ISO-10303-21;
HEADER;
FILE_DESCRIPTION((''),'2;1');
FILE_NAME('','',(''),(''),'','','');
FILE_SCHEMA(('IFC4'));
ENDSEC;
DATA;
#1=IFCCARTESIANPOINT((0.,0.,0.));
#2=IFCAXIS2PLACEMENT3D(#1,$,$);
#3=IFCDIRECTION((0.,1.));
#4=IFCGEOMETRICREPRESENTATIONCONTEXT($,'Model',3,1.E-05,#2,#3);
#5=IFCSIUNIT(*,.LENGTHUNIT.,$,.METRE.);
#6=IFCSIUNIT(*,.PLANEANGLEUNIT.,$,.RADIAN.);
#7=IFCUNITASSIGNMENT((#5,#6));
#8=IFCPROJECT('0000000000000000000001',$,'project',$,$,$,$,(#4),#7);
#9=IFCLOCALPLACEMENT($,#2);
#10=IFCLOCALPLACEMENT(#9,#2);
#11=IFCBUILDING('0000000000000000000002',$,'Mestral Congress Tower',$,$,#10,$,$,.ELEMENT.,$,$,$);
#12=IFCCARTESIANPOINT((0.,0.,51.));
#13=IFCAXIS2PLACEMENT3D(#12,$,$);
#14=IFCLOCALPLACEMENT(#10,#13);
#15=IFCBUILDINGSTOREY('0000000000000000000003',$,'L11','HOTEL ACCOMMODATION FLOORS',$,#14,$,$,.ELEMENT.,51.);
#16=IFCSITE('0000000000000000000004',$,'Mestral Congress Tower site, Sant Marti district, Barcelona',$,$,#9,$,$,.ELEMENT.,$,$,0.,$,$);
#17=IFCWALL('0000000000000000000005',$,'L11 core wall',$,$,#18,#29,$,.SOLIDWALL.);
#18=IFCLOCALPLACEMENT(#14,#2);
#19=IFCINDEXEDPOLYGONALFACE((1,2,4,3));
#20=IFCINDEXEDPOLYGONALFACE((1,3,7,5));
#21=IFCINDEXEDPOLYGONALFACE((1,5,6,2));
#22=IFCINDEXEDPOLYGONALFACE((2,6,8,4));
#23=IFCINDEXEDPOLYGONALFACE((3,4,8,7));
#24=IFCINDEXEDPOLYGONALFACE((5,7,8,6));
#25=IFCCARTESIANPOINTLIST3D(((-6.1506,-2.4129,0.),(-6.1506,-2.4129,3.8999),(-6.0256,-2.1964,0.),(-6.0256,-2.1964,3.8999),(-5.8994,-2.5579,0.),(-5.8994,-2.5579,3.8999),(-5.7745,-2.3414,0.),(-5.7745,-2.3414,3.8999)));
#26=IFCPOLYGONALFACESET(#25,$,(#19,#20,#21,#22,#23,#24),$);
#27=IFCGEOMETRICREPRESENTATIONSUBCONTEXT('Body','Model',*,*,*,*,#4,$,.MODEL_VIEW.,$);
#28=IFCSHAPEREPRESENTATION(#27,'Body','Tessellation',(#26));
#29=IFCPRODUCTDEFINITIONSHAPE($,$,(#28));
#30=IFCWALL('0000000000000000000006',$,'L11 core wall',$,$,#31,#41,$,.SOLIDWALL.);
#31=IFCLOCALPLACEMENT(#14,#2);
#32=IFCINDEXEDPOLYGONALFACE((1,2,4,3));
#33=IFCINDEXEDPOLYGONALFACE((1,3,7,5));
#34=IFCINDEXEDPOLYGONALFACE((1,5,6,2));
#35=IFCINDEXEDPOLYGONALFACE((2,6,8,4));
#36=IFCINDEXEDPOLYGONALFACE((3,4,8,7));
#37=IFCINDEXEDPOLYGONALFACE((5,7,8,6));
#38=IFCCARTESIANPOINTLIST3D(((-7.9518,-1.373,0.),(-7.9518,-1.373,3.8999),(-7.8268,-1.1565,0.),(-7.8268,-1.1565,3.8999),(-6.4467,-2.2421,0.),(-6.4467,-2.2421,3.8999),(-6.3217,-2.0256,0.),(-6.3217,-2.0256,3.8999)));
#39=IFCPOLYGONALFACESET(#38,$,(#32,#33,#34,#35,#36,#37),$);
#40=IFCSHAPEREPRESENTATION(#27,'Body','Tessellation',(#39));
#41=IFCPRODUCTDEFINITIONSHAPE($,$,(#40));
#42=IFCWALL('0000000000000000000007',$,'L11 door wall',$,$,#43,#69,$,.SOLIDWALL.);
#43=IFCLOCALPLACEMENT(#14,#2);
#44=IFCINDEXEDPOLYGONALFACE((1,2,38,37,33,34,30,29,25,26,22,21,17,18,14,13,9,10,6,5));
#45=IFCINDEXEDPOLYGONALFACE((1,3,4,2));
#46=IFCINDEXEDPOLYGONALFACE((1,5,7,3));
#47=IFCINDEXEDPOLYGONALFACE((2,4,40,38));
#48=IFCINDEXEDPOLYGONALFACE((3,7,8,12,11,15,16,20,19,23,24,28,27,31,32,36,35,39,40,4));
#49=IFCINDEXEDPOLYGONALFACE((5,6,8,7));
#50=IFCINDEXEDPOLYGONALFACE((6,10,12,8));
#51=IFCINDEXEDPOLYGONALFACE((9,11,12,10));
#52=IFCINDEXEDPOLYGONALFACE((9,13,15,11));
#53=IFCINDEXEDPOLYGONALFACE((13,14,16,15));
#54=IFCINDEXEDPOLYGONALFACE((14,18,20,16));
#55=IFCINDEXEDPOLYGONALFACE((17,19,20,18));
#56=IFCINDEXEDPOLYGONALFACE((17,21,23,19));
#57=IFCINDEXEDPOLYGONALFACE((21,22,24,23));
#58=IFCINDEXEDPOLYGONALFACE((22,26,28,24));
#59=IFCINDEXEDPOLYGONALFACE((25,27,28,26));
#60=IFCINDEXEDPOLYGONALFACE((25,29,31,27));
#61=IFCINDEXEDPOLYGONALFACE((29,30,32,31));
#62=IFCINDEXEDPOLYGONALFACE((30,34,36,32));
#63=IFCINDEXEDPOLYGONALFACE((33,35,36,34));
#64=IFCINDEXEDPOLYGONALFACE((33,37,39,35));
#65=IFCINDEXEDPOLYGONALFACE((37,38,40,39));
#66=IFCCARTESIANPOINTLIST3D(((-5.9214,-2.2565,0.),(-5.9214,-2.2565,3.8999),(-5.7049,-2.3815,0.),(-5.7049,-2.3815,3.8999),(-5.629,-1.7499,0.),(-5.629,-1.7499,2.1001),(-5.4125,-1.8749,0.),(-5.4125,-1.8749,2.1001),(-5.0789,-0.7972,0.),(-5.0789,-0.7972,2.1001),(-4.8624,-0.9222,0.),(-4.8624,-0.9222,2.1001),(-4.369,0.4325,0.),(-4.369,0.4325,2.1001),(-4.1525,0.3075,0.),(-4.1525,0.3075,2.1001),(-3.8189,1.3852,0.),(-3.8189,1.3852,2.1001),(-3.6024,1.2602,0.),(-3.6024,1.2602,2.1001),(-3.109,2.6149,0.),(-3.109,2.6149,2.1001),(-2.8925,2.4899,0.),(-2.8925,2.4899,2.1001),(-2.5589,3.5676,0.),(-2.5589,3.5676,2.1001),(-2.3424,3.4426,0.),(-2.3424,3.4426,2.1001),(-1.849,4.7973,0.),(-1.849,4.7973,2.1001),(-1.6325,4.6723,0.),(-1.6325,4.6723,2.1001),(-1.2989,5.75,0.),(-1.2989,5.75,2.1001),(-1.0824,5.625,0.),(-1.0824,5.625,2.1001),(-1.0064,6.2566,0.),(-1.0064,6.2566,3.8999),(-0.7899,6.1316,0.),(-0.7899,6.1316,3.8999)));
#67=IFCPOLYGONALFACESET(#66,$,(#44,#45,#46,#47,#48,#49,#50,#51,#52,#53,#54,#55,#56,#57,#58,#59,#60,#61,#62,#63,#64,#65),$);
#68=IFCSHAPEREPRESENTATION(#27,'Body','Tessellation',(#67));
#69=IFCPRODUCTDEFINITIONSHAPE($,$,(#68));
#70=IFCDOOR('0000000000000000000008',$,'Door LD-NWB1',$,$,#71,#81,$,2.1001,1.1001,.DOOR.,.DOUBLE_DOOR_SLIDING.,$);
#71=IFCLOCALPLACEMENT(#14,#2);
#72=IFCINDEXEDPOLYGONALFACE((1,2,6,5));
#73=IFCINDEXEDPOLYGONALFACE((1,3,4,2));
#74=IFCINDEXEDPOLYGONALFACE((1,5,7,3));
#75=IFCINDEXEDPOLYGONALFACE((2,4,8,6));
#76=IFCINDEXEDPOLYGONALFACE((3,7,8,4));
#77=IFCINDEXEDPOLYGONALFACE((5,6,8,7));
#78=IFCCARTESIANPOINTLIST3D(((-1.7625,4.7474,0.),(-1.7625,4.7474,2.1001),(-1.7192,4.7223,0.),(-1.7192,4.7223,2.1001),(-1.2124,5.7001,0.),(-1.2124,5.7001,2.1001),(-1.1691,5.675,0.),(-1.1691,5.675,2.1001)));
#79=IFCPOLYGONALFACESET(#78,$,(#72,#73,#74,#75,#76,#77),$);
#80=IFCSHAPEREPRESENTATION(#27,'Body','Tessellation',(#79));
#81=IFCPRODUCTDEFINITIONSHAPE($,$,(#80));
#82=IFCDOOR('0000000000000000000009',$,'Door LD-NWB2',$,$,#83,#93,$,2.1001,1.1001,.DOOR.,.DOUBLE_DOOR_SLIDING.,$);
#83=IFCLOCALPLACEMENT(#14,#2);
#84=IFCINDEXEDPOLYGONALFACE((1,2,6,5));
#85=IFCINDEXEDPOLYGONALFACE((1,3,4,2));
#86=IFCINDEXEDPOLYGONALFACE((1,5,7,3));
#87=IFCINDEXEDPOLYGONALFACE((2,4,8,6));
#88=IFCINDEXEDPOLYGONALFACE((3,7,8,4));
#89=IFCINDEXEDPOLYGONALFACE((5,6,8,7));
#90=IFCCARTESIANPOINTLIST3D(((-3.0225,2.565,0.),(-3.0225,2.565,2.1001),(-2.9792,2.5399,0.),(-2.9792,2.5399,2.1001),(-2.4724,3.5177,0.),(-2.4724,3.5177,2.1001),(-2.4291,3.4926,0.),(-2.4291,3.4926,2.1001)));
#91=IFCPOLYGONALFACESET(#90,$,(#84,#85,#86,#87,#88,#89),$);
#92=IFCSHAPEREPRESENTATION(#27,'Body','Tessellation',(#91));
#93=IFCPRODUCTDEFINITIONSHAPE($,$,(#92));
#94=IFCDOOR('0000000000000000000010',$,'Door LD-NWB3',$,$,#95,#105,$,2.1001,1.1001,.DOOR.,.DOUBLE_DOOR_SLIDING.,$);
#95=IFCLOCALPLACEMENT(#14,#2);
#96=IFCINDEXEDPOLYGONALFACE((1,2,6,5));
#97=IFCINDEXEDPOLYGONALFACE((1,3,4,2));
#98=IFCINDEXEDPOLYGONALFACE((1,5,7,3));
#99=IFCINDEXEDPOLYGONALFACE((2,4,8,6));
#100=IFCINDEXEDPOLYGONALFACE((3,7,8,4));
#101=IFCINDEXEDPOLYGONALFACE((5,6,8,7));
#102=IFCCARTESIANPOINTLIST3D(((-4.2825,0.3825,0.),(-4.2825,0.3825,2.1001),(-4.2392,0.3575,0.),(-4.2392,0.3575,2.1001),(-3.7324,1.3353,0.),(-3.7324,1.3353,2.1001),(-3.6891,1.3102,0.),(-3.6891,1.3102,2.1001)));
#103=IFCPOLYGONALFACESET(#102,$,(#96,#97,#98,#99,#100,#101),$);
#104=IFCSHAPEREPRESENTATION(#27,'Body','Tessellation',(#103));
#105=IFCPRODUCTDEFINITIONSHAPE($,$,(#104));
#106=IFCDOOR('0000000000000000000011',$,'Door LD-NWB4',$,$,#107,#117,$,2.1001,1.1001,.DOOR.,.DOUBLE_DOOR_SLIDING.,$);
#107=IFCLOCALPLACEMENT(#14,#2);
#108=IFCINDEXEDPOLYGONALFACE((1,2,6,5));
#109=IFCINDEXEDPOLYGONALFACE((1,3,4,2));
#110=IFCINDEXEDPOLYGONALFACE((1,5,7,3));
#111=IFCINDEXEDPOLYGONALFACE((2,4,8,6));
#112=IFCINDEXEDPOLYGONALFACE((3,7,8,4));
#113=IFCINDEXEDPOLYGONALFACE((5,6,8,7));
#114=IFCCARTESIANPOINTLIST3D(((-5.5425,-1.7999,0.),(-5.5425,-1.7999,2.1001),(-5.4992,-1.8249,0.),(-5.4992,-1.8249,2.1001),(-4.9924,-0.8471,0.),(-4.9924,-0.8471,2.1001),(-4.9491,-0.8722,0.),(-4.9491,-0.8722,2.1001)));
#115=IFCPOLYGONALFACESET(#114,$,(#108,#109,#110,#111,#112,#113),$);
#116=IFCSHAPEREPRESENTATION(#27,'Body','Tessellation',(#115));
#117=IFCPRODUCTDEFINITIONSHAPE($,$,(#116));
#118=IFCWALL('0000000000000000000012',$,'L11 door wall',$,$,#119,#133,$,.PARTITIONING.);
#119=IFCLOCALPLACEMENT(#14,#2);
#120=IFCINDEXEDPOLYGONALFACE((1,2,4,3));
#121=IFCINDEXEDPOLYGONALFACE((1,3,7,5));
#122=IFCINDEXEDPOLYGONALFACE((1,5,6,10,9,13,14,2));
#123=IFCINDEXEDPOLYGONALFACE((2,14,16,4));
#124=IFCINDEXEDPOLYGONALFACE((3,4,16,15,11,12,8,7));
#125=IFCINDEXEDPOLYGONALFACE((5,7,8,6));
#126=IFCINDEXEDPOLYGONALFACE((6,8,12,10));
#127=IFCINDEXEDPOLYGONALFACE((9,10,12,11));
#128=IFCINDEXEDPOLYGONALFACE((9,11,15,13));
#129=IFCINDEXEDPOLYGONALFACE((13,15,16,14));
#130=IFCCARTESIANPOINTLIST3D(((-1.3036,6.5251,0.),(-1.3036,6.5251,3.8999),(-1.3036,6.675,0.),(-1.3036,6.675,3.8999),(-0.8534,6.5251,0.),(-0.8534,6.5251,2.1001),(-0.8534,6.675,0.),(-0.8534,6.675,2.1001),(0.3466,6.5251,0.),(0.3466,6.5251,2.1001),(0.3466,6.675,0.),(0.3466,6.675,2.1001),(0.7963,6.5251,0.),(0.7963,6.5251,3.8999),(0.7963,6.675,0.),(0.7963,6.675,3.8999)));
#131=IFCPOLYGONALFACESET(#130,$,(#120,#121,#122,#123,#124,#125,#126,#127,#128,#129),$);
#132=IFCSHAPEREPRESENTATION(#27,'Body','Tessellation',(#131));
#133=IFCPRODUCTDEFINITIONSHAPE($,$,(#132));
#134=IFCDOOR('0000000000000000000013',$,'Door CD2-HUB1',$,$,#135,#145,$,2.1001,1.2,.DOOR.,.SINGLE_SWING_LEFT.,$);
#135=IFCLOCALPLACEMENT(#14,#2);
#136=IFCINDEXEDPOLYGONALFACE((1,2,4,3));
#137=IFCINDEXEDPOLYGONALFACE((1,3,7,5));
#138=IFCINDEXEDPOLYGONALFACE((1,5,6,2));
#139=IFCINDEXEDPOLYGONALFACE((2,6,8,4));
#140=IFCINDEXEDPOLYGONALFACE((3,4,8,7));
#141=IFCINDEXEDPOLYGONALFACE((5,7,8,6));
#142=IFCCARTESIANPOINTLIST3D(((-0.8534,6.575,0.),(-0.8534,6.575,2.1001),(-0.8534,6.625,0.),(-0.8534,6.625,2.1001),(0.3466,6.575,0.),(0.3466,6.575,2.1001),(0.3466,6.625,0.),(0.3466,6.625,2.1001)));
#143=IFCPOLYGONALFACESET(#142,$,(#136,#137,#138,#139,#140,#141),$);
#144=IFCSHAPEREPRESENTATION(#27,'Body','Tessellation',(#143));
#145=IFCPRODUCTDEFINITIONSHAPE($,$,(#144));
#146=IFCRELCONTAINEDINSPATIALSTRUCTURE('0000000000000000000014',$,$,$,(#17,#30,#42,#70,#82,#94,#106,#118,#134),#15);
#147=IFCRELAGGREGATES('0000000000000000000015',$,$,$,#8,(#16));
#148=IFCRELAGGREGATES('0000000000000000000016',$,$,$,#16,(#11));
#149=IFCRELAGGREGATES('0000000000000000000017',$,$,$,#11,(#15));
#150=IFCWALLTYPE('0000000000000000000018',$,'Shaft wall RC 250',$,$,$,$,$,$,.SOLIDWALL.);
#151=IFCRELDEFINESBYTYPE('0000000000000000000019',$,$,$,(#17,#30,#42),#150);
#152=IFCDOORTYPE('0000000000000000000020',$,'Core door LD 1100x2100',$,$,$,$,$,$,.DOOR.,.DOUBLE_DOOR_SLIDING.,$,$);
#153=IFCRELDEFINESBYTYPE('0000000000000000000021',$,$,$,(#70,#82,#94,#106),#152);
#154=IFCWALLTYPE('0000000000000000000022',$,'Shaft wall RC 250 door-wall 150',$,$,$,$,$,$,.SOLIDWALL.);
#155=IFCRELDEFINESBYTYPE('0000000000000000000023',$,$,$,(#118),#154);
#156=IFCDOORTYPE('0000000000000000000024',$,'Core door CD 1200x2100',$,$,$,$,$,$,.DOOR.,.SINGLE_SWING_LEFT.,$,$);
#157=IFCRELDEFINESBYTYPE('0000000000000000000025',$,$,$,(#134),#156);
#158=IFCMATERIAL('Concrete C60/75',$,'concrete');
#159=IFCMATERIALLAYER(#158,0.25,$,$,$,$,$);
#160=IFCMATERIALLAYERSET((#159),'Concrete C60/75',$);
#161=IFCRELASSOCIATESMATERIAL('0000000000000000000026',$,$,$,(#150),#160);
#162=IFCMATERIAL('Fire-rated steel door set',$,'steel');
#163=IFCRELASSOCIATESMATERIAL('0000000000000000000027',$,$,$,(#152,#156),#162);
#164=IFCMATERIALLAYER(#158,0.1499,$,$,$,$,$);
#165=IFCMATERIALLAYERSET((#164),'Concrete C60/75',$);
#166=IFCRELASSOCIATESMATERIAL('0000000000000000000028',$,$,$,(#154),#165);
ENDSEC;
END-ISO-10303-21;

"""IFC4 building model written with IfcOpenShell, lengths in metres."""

from ifc_helpers import new_model, si_unit, direction, frame, frame_2d, origin, place, context, subcontext, project, spatial, rectangle, extrude, material, layer, layer_set, type_object, element, fill, save


model = new_model("IFC4")

# Units and contexts
model_context = context("Model", 3, precision=1e-05, world=origin(), true_north=direction((0.0, 1.0)))
body_context = subcontext(model_context, "Body", "Model", "MODEL_VIEW")
ifc_project = project(units=[si_unit("LENGTHUNIT", "METRE"), si_unit("PLANEANGLEUNIT", "RADIAN")], contexts=[model_context])

# Site, building, storey
site_placement = place(None, origin())
site = spatial("IfcSite", under=ifc_project, at=site_placement, Name="Mestral Congress Tower site, Sant Marti district, Barcelona", CompositionType="ELEMENT", RefElevation=0.0)
building_placement = place(site_placement, origin())
building = spatial("IfcBuilding", under=site, at=building_placement, Name="Mestral Congress Tower", CompositionType="ELEMENT")
storey_placement = place(building_placement, frame((0.0, 0.0, 51.0)))
storey = spatial("IfcBuildingStorey", under=building, at=storey_placement, Name="L11", Description="HOTEL ACCOMMODATION FLOORS", CompositionType="ELEMENT", Elevation=51.0)

# Shared definitions
ifc_material_1 = material(Name="Fire-rated steel door set", Category="steel")

# Walls
ifc_material_2 = material(Name="Concrete C60/75", Category="concrete")
ifc_layer_1 = layer(ifc_material_2, 0.25)
ifc_layer_set_1 = layer_set([ifc_layer_1], Name="Concrete C60/75")
wall_type_1 = type_object("IfcWallType", Name="Shaft wall RC 250", PredefinedType="SOLIDWALL", material=ifc_layer_set_1)
wall_1_placement = place(storey_placement, frame((-6.0881, -2.3047, 0.0), z_axis=(0.0, 0.0, 1.0), x_axis=(0.866059, -0.499941, 0.0)))
element("IfcWall", 1, at=wall_1_placement, inside=storey, type_object=wall_type_1, Name="L11 core wall", PredefinedType="SOLIDWALL", context=body_context, shape_type="SweptSolid", body=[
    extrude(rectangle(XDim=0.29, YDim=0.25, at=frame_2d((0.145, 0.0))), origin(), (0.0, 0.0, 1.0), 3.8999),
])
wall_2_placement = place(storey_placement, frame((-7.8894, -1.2646, 0.0), z_axis=(0.0, 0.0, 1.0), x_axis=(0.865987, -0.500067, 0.0)))
element("IfcWall", 2, at=wall_2_placement, inside=storey, type_object=wall_type_1, Name="L11 core wall", PredefinedType="SOLIDWALL", context=body_context, shape_type="SweptSolid", body=[
    extrude(rectangle(XDim=1.738, YDim=0.25, at=frame_2d((0.8691, 0.0))), origin(), (0.0, 0.0, 1.0), 3.8999),
])

# Wall, openings, doors
wall_3_placement = place(storey_placement, frame((-0.8982, 6.1941, 0.0), z_axis=(0.0, 0.0, 1.0), x_axis=(-0.499996, -0.866028, 0.0)))
wall_3 = element("IfcWall", 3, at=wall_3_placement, inside=storey, type_object=wall_type_1, Name="L11 door wall", PredefinedType="SOLIDWALL", context=body_context, shape_type="SweptSolid", body=[
    extrude(rectangle(XDim=9.8301, YDim=0.25, at=frame_2d((4.915, 0.0))), origin(), (0.0, 0.0, 1.0), 3.8999),
])
opening_1_placement = place(wall_3_placement, frame((0.585, 0.0, 0.0)))
opening_1 = element("IfcOpeningElement", 4, at=opening_1_placement, cuts=wall_3, PredefinedType="OPENING", context=body_context, shape_type="SweptSolid", body=[
    extrude(rectangle(XDim=1.1001, YDim=2.1001, at=frame_2d((0.55, 1.05))), frame((0.0, 0.135, 0.0), z_axis=(0.0, -1.0, 0.0), x_axis=(1.0, 0.0, 0.0)), (0.0, 0.0, 1.0), 0.27),
])
opening_2_placement = place(wall_3_placement, frame((3.105, 0.0, 0.0)))
opening_2 = element("IfcOpeningElement", 5, at=opening_2_placement, cuts=wall_3, PredefinedType="OPENING", context=body_context, shape_type="SweptSolid", body=[
    extrude(rectangle(XDim=1.1001, YDim=2.1001, at=frame_2d((0.55, 1.05))), frame((0.0, 0.135, 0.0), z_axis=(0.0, -1.0, 0.0), x_axis=(1.0, 0.0, 0.0)), (0.0, 0.0, 1.0), 0.27),
])
opening_3_placement = place(wall_3_placement, frame((5.625, 0.0, 0.0)))
opening_3 = element("IfcOpeningElement", 6, at=opening_3_placement, cuts=wall_3, PredefinedType="OPENING", context=body_context, shape_type="SweptSolid", body=[
    extrude(rectangle(XDim=1.1001, YDim=2.1001, at=frame_2d((0.55, 1.05))), frame((0.0, 0.135, 0.0), z_axis=(0.0, -1.0, 0.0), x_axis=(1.0, 0.0, 0.0)), (0.0, 0.0, 1.0), 0.27),
])
opening_4_placement = place(wall_3_placement, frame((8.145, 0.0, 0.0)))
opening_4 = element("IfcOpeningElement", 7, at=opening_4_placement, cuts=wall_3, PredefinedType="OPENING", context=body_context, shape_type="SweptSolid", body=[
    extrude(rectangle(XDim=1.1001, YDim=2.1001, at=frame_2d((0.55, 1.05))), frame((0.0, 0.135, 0.0), z_axis=(0.0, -1.0, 0.0), x_axis=(1.0, 0.0, 0.0)), (0.0, 0.0, 1.0), 0.27),
])
door_type_1 = type_object("IfcDoorType", Name="Core door LD 1100x2100", OperationType="DOUBLE_DOOR_SLIDING", PredefinedType="DOOR", material=ifc_material_1)
door_1_placement = place(opening_1_placement, origin())
door_1 = element("IfcDoor", 8, at=door_1_placement, inside=storey, type_object=door_type_1, Name="Door LD-NWB1", OperationType="DOUBLE_DOOR_SLIDING", OverallHeight=2.1001, OverallWidth=1.1001, PredefinedType="DOOR", context=body_context, shape_type="SweptSolid", body=[
    extrude(rectangle(XDim=1.1001, YDim=2.1001, at=frame_2d((0.55, 1.05))), frame((0.0, 0.0249, 0.0), z_axis=(0.0, -1.0, 0.0), x_axis=(1.0, 0.0, 0.0)), (0.0, 0.0, 1.0), 0.05),
])
fill(opening_1, door_1)
door_2_placement = place(opening_2_placement, origin())
door_2 = element("IfcDoor", 9, at=door_2_placement, inside=storey, type_object=door_type_1, Name="Door LD-NWB2", OperationType="DOUBLE_DOOR_SLIDING", OverallHeight=2.1001, OverallWidth=1.1001, PredefinedType="DOOR", context=body_context, shape_type="SweptSolid", body=[
    extrude(rectangle(XDim=1.1001, YDim=2.1001, at=frame_2d((0.55, 1.05))), frame((0.0, 0.0249, 0.0), z_axis=(0.0, -1.0, 0.0), x_axis=(1.0, 0.0, 0.0)), (0.0, 0.0, 1.0), 0.05),
])
fill(opening_2, door_2)
door_3_placement = place(opening_3_placement, origin())
door_3 = element("IfcDoor", 10, at=door_3_placement, inside=storey, type_object=door_type_1, Name="Door LD-NWB3", OperationType="DOUBLE_DOOR_SLIDING", OverallHeight=2.1001, OverallWidth=1.1001, PredefinedType="DOOR", context=body_context, shape_type="SweptSolid", body=[
    extrude(rectangle(XDim=1.1001, YDim=2.1001, at=frame_2d((0.55, 1.05))), frame((0.0, 0.0249, 0.0), z_axis=(0.0, -1.0, 0.0), x_axis=(1.0, 0.0, 0.0)), (0.0, 0.0, 1.0), 0.05),
])
fill(opening_3, door_3)
door_4_placement = place(opening_4_placement, origin())
door_4 = element("IfcDoor", 11, at=door_4_placement, inside=storey, type_object=door_type_1, Name="Door LD-NWB4", OperationType="DOUBLE_DOOR_SLIDING", OverallHeight=2.1001, OverallWidth=1.1001, PredefinedType="DOOR", context=body_context, shape_type="SweptSolid", body=[
    extrude(rectangle(XDim=1.1001, YDim=2.1001, at=frame_2d((0.55, 1.05))), frame((0.0, 0.0249, 0.0), z_axis=(0.0, -1.0, 0.0), x_axis=(1.0, 0.0, 0.0)), (0.0, 0.0, 1.0), 0.05),
])
fill(opening_4, door_4)

# Wall, opening, door
ifc_layer_2 = layer(ifc_material_2, 0.1499)
ifc_layer_set_2 = layer_set([ifc_layer_2], Name="Concrete C60/75")
wall_type_2 = type_object("IfcWallType", Name="Shaft wall RC 250 door-wall 150", PredefinedType="SOLIDWALL", material=ifc_layer_set_2)
wall_4_placement = place(storey_placement, frame((-1.3035, 6.6001, 0.0), z_axis=(0.0, 0.0, 1.0), x_axis=(1.0, 0.0, 0.0)))
wall_4 = element("IfcWall", 12, at=wall_4_placement, inside=storey, type_object=wall_type_2, Name="L11 door wall", PredefinedType="PARTITIONING", context=body_context, shape_type="SweptSolid", body=[
    extrude(rectangle(XDim=2.0999, YDim=0.1499, at=frame_2d((1.0498, 0.0))), origin(), (0.0, 0.0, 1.0), 3.8999),
])
opening_5_placement = place(wall_4_placement, frame((0.45, 0.0, 0.0)))
opening_5 = element("IfcOpeningElement", 13, at=opening_5_placement, cuts=wall_4, PredefinedType="OPENING", context=body_context, shape_type="SweptSolid", body=[
    extrude(rectangle(XDim=1.2, YDim=2.1001, at=frame_2d((0.6001, 1.05))), frame((0.0, 0.085, 0.0), z_axis=(0.0, -1.0, 0.0), x_axis=(1.0, 0.0, 0.0)), (0.0, 0.0, 1.0), 0.1699),
])
door_type_2 = type_object("IfcDoorType", Name="Core door CD 1200x2100", OperationType="SINGLE_SWING_LEFT", PredefinedType="DOOR", material=ifc_material_1)
door_5_placement = place(opening_5_placement, origin())
door_5 = element("IfcDoor", 14, at=door_5_placement, inside=storey, type_object=door_type_2, Name="Door CD2-HUB1", OperationType="SINGLE_SWING_LEFT", OverallHeight=2.1001, OverallWidth=1.2, PredefinedType="DOOR", context=body_context, shape_type="SweptSolid", body=[
    extrude(rectangle(XDim=1.2, YDim=2.1001, at=frame_2d((0.6001, 1.05))), frame((0.0, 0.0249, 0.0), z_axis=(0.0, -1.0, 0.0), x_axis=(1.0, 0.0, 0.0)), (0.0, 0.0, 1.0), 0.05),
])
fill(opening_5, door_5)

save(model, "model.ifc")
